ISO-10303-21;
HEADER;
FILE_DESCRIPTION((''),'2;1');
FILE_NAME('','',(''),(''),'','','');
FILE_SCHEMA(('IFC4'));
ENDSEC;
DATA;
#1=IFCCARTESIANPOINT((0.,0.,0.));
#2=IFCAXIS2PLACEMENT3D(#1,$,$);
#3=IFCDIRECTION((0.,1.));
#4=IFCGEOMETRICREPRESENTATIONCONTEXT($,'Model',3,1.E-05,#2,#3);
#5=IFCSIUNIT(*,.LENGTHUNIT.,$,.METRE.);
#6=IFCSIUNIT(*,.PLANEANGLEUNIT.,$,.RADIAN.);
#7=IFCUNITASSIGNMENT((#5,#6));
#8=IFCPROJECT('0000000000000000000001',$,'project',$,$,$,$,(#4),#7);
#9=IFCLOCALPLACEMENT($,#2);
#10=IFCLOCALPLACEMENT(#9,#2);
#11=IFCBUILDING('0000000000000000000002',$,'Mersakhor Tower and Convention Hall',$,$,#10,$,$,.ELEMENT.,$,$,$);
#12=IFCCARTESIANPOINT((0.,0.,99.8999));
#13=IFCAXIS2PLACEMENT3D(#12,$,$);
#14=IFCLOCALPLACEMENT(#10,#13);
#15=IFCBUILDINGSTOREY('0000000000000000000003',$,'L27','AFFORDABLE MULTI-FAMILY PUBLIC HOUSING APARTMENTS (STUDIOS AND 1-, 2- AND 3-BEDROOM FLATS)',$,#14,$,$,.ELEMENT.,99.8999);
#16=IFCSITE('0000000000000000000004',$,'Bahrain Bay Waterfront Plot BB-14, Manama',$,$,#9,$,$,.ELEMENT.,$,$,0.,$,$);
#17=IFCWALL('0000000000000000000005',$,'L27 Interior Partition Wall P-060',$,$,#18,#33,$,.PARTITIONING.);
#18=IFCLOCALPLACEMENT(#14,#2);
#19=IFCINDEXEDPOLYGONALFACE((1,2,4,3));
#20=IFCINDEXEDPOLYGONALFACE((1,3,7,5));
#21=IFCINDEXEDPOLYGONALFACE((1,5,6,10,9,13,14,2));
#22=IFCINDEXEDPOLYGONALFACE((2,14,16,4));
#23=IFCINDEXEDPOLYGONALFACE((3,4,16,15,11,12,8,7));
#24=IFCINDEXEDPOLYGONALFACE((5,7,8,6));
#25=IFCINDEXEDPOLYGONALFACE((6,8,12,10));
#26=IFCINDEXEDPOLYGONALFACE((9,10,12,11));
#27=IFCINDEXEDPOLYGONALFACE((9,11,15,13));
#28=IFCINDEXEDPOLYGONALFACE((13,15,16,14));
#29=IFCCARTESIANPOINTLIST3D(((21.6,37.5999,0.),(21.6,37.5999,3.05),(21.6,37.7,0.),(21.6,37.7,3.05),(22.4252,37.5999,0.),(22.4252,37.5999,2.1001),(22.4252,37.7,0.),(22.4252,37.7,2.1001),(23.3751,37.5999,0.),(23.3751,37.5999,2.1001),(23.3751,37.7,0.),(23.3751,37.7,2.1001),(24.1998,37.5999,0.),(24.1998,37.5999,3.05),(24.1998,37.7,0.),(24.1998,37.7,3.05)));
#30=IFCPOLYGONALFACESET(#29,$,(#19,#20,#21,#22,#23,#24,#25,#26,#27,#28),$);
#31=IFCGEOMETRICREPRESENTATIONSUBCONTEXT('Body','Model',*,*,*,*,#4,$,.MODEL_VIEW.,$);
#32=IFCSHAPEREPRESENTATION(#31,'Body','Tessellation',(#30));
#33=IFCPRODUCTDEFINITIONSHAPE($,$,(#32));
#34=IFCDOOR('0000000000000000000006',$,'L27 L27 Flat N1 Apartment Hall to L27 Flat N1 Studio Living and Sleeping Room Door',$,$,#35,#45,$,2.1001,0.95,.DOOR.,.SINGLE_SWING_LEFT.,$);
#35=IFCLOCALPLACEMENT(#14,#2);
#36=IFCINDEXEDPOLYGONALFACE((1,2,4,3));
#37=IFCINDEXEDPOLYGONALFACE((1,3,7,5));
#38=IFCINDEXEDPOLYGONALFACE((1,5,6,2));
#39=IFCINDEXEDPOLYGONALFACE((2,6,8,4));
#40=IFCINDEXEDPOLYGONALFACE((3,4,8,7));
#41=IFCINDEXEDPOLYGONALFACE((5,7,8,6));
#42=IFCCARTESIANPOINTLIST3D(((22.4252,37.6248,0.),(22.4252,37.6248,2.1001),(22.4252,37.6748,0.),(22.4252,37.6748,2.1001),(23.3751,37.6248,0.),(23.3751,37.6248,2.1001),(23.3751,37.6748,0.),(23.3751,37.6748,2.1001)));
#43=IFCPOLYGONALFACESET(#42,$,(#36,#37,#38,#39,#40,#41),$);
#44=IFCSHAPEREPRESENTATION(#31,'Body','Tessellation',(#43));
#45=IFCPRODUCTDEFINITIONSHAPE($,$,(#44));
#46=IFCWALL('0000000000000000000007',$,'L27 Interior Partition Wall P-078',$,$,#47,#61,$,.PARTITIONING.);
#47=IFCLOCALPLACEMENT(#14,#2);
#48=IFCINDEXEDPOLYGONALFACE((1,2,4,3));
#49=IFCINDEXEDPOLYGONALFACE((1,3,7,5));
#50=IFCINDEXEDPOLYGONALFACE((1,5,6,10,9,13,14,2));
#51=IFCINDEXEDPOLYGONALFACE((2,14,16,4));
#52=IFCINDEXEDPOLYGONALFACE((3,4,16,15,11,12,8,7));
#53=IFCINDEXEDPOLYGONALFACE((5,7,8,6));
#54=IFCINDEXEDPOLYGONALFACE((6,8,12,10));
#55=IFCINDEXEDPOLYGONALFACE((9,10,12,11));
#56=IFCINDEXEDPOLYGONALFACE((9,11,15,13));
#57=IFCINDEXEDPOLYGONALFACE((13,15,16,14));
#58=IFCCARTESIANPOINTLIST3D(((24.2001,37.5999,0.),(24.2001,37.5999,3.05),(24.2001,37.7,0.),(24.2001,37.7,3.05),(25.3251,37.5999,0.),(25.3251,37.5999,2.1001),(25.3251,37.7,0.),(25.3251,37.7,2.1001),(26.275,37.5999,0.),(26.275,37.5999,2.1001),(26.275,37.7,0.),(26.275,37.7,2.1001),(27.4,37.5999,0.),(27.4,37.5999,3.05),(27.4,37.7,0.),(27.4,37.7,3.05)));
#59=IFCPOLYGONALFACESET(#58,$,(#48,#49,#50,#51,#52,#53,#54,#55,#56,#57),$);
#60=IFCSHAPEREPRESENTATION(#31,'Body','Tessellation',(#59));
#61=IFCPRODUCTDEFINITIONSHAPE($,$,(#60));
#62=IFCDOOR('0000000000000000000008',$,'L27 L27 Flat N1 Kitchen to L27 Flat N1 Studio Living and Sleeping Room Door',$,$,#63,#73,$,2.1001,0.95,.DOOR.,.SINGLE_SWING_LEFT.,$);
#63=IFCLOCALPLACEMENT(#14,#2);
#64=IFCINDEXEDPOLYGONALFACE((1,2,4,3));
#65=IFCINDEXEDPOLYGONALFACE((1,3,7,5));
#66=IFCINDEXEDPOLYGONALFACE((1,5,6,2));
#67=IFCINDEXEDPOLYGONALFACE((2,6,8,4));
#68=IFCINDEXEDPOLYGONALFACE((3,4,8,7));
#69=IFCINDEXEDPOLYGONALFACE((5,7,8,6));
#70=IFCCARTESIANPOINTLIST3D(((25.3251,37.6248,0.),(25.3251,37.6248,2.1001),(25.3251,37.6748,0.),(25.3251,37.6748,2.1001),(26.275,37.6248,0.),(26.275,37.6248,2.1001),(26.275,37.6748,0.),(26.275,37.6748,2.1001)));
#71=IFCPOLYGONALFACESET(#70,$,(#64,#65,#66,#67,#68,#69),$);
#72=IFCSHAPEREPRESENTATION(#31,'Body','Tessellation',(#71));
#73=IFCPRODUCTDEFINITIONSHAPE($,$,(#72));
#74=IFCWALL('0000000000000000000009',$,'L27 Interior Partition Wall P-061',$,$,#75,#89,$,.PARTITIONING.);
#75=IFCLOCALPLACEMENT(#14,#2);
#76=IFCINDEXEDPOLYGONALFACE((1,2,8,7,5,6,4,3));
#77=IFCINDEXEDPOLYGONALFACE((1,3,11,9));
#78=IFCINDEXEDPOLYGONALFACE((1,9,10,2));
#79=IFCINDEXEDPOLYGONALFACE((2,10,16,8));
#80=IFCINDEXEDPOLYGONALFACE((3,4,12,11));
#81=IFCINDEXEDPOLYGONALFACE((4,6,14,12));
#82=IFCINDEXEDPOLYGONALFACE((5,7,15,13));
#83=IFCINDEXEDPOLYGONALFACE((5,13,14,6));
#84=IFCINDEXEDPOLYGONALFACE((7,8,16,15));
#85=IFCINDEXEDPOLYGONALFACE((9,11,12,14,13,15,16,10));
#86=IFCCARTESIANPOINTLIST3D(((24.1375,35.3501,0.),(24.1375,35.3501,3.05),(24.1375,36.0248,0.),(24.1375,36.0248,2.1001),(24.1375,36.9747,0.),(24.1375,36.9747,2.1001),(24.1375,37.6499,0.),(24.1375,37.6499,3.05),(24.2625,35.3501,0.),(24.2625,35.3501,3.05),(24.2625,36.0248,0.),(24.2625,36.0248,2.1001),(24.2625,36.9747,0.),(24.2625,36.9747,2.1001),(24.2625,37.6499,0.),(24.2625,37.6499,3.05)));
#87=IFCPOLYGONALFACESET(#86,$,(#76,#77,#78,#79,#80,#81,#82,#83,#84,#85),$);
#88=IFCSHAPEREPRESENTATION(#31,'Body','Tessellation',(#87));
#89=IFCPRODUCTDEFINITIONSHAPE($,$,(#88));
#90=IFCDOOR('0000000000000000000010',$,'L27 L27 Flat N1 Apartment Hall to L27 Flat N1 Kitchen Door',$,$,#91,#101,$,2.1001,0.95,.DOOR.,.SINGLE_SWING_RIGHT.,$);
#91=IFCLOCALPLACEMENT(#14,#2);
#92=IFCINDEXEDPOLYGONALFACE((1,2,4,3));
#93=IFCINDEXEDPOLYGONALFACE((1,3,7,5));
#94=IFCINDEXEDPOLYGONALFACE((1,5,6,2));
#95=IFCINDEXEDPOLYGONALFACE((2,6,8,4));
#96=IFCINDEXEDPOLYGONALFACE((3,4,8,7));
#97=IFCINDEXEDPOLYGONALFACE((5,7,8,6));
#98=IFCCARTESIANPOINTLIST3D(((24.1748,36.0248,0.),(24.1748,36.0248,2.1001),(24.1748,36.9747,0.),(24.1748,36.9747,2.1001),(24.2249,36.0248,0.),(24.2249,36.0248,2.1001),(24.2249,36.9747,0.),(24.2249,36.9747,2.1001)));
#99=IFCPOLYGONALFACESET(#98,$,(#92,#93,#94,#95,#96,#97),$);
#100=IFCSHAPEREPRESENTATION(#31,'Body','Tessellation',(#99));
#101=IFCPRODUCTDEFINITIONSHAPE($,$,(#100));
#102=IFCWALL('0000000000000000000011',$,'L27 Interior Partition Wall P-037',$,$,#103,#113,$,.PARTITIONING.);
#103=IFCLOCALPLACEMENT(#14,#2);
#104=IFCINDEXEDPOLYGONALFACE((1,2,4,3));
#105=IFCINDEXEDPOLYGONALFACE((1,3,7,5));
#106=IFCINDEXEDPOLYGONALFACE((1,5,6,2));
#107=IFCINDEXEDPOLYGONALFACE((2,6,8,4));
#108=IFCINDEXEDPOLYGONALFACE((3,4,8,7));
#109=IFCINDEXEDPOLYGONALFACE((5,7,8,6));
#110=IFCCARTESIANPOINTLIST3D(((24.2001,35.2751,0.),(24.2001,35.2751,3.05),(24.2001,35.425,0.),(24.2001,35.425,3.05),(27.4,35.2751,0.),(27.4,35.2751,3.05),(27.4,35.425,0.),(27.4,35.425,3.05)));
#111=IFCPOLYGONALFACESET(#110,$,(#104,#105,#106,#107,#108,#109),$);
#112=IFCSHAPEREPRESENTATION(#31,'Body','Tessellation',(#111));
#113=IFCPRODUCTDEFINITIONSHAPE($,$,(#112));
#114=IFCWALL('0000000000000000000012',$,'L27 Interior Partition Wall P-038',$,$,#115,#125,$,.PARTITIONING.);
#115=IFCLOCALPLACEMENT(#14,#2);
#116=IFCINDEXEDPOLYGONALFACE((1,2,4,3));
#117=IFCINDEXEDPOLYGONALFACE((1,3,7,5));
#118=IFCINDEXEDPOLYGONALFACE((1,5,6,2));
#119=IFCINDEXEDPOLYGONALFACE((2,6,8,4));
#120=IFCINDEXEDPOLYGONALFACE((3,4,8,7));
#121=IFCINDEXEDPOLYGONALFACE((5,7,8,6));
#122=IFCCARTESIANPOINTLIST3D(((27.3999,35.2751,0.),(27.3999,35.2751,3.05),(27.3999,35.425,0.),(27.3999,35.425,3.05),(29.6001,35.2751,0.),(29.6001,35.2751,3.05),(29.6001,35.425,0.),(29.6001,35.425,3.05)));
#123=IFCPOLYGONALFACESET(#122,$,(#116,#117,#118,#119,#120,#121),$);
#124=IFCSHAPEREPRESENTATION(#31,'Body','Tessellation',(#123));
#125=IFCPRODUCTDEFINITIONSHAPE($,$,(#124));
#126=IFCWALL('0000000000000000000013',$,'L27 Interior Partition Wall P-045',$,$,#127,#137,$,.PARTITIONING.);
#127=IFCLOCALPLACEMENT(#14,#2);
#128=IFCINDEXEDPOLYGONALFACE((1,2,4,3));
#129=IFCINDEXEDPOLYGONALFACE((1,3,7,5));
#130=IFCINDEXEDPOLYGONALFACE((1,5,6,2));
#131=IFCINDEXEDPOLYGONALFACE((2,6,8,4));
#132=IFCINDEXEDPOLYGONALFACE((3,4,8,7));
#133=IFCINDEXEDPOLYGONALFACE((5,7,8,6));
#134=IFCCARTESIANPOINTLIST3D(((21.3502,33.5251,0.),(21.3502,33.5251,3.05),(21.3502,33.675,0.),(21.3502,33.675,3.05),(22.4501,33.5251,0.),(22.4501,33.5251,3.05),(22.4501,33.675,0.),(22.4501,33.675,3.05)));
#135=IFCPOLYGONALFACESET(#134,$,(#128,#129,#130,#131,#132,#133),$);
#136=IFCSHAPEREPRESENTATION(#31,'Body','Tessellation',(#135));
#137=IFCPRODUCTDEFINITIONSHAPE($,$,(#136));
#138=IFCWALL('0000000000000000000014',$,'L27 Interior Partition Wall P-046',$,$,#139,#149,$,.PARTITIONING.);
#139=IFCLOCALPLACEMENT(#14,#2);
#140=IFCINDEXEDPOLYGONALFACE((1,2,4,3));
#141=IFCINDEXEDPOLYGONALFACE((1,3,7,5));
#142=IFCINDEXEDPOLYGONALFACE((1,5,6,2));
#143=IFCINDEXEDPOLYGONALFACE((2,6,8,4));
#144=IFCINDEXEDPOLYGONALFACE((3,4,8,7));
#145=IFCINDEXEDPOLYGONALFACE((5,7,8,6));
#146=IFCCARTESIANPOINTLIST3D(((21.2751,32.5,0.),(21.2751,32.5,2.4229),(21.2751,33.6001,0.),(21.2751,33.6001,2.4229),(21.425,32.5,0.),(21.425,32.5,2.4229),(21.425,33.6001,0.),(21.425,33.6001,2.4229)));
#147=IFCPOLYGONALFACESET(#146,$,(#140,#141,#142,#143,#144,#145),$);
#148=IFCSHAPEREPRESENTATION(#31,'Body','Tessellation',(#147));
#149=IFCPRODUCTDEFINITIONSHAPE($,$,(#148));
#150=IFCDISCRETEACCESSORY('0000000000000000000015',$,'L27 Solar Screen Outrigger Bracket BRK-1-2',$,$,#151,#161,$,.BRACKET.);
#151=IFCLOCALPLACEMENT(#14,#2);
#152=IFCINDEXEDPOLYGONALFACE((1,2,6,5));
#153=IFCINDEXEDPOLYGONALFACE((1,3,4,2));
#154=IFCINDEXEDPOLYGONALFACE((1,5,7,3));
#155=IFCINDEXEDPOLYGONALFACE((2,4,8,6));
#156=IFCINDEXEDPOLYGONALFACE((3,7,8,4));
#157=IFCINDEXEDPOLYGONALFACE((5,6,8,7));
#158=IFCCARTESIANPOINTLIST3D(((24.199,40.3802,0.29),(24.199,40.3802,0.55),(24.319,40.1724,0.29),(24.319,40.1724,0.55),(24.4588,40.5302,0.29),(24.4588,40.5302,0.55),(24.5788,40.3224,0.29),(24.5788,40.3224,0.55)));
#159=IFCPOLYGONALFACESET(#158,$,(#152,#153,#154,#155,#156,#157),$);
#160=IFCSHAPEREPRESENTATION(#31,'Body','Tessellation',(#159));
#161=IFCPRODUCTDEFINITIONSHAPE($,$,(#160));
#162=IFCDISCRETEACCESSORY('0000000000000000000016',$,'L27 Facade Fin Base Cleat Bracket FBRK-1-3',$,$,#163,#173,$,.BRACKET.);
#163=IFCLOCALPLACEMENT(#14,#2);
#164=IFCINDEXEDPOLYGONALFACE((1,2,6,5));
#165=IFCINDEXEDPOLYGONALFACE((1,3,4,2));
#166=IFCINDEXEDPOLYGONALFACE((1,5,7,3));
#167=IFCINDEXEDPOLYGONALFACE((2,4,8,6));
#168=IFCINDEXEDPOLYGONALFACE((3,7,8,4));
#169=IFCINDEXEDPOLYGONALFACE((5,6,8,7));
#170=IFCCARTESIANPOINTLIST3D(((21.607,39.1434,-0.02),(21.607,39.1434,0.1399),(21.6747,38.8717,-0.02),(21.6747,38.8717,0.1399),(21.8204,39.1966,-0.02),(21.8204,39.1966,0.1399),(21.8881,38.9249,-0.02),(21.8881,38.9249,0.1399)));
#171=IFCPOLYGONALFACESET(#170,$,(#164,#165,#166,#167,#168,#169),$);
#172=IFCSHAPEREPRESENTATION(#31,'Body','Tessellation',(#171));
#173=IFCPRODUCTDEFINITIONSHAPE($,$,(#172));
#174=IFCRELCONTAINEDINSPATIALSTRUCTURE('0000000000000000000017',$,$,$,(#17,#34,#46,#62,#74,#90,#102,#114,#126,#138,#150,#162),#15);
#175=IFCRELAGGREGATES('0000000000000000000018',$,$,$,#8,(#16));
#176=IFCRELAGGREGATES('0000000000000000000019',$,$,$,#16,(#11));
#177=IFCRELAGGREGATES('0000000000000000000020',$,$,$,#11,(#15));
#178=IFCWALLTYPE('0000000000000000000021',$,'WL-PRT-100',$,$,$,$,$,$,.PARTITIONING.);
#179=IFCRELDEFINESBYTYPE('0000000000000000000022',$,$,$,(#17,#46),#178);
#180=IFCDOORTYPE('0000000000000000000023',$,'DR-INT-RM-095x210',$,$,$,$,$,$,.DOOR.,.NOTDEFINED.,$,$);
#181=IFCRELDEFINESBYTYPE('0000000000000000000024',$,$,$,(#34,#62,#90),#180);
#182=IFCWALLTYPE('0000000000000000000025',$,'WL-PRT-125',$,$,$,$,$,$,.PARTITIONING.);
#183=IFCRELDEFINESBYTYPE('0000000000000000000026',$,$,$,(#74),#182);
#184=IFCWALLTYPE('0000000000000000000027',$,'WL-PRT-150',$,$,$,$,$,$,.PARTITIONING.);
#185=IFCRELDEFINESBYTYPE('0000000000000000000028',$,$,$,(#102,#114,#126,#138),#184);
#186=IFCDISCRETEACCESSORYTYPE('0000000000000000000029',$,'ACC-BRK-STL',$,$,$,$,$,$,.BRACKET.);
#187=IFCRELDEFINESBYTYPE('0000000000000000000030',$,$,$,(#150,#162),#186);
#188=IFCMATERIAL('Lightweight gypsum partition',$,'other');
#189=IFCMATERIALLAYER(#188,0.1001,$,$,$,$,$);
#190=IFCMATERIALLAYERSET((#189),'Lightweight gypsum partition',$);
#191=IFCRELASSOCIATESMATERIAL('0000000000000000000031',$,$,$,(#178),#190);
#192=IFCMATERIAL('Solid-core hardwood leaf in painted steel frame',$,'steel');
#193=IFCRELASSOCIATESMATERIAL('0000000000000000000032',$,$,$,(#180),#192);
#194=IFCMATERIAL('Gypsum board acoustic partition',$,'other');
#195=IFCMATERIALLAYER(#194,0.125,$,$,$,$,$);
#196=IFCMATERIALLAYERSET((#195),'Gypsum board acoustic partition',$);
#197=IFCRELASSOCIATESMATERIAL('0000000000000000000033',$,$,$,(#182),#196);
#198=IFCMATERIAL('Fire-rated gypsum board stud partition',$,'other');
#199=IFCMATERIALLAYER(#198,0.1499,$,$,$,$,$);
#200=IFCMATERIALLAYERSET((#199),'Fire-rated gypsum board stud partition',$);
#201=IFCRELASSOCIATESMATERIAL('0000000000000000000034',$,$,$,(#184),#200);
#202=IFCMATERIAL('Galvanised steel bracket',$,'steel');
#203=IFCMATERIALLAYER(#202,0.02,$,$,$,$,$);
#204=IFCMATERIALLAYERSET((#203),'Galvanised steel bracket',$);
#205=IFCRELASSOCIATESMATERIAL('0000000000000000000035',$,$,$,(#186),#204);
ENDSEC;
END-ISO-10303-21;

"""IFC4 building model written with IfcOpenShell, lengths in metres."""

from ifc_helpers import new_model, si_unit, direction, frame, frame_2d, origin, origin_2d, place, context, subcontext, project, spatial, rectangle, extrude, material, layer, layer_set, type_object, element, fill, save


model = new_model("IFC4")

# Units and contexts
model_context = context("Model", 3, precision=1e-05, world=origin(), true_north=direction((0.0, 1.0)))
body_context = subcontext(model_context, "Body", "Model", "MODEL_VIEW")
ifc_project = project(units=[si_unit("LENGTHUNIT", "METRE"), si_unit("PLANEANGLEUNIT", "RADIAN")], contexts=[model_context])

# Site, building, storey
site_placement = place(None, origin())
site = spatial("IfcSite", under=ifc_project, at=site_placement, Name="Bahrain Bay Waterfront Plot BB-14, Manama", CompositionType="ELEMENT", RefElevation=0.0)
building_placement = place(site_placement, origin())
building = spatial("IfcBuilding", under=site, at=building_placement, Name="Mersakhor Tower and Convention Hall", CompositionType="ELEMENT")
storey_placement = place(building_placement, frame((0.0, 0.0, 99.8999)))
storey = spatial("IfcBuildingStorey", under=building, at=storey_placement, Name="L27", Description="AFFORDABLE MULTI-FAMILY PUBLIC HOUSING APARTMENTS (STUDIOS AND 1-, 2- AND 3-BEDROOM FLATS)", CompositionType="ELEMENT", Elevation=99.8999)

# Walls, openings, doors
ifc_material_1 = material(Name="Lightweight gypsum partition", Category="other")
ifc_layer_1 = layer(ifc_material_1, 0.1001)
ifc_layer_set_1 = layer_set([ifc_layer_1], Name="Lightweight gypsum partition")
wall_type_1 = type_object("IfcWallType", Name="WL-PRT-100", PredefinedType="PARTITIONING", material=ifc_layer_set_1)
wall_1_placement = place(storey_placement, frame((21.6001, 37.6499, 0.0), z_axis=(0.0, 0.0, 1.0), x_axis=(1.0, 0.0, 0.0)))
wall_1 = element("IfcWall", 1, at=wall_1_placement, inside=storey, type_object=wall_type_1, Name="L27 Interior Partition Wall P-060", PredefinedType="PARTITIONING", context=body_context, shape_type="SweptSolid", body=[
    extrude(rectangle(XDim=2.5999, YDim=0.1001, at=frame_2d((1.2998, 0.0))), origin(), (0.0, 0.0, 1.0), 3.05),
])
opening_1_placement = place(wall_1_placement, frame((0.825, 0.0, 0.0)))
opening_1 = element("IfcOpeningElement", 2, at=opening_1_placement, cuts=wall_1, PredefinedType="OPENING", context=body_context, shape_type="SweptSolid", body=[
    extrude(rectangle(XDim=0.95, YDim=2.1001, at=frame_2d((0.4751, 1.05))), frame((0.0, 0.0601, 0.0), z_axis=(0.0, -1.0, 0.0), x_axis=(1.0, 0.0, 0.0)), (0.0, 0.0, 1.0), 0.1201),
])
ifc_material_2 = material(Name="Solid-core hardwood leaf in painted steel frame", Category="steel")
door_type_1 = type_object("IfcDoorType", Name="DR-INT-RM-095x210", OperationType="NOTDEFINED", PredefinedType="DOOR", material=ifc_material_2)
door_1_placement = place(opening_1_placement, origin())
door_1 = element("IfcDoor", 3, at=door_1_placement, inside=storey, type_object=door_type_1, Name="L27 L27 Flat N1 Apartment Hall to L27 Flat N1 Studio Living and Sleeping Room Door", OperationType="SINGLE_SWING_LEFT", OverallHeight=2.1001, OverallWidth=0.95, PredefinedType="DOOR", context=body_context, shape_type="SweptSolid", body=[
    extrude(rectangle(XDim=0.95, YDim=2.1001, at=frame_2d((0.4751, 1.05))), frame((0.0, 0.0249, 0.0), z_axis=(0.0, -1.0, 0.0), x_axis=(1.0, 0.0, 0.0)), (0.0, 0.0, 1.0), 0.05),
])
fill(opening_1, door_1)
wall_2_placement = place(storey_placement, frame((24.2, 37.6499, 0.0), z_axis=(0.0, 0.0, 1.0), x_axis=(1.0, 0.0, 0.0)))
wall_2 = element("IfcWall", 4, at=wall_2_placement, inside=storey, type_object=wall_type_1, Name="L27 Interior Partition Wall P-078", PredefinedType="PARTITIONING", context=body_context, shape_type="SweptSolid", body=[
    extrude(rectangle(XDim=3.2, YDim=0.1001, at=frame_2d((1.6001, 0.0))), origin(), (0.0, 0.0, 1.0), 3.05),
])
opening_2_placement = place(wall_2_placement, frame((1.125, 0.0, 0.0)))
opening_2 = element("IfcOpeningElement", 5, at=opening_2_placement, cuts=wall_2, PredefinedType="OPENING", context=body_context, shape_type="SweptSolid", body=[
    extrude(rectangle(XDim=0.95, YDim=2.1001, at=frame_2d((0.4751, 1.05))), frame((0.0, 0.0601, 0.0), z_axis=(0.0, -1.0, 0.0), x_axis=(1.0, 0.0, 0.0)), (0.0, 0.0, 1.0), 0.1201),
])
door_2_placement = place(opening_2_placement, origin())
door_2 = element("IfcDoor", 6, at=door_2_placement, inside=storey, type_object=door_type_1, Name="L27 L27 Flat N1 Kitchen to L27 Flat N1 Studio Living and Sleeping Room Door", OperationType="SINGLE_SWING_LEFT", OverallHeight=2.1001, OverallWidth=0.95, PredefinedType="DOOR", context=body_context, shape_type="SweptSolid", body=[
    extrude(rectangle(XDim=0.95, YDim=2.1001, at=frame_2d((0.4751, 1.05))), frame((0.0, 0.0249, 0.0), z_axis=(0.0, -1.0, 0.0), x_axis=(1.0, 0.0, 0.0)), (0.0, 0.0, 1.0), 0.05),
])
fill(opening_2, door_2)
ifc_material_3 = material(Name="Gypsum board acoustic partition", Category="other")
ifc_layer_2 = layer(ifc_material_3, 0.125)
ifc_layer_set_2 = layer_set([ifc_layer_2], Name="Gypsum board acoustic partition")
wall_type_2 = type_object("IfcWallType", Name="WL-PRT-125", PredefinedType="PARTITIONING", material=ifc_layer_set_2)
wall_3_placement = place(storey_placement, frame((24.2, 37.6499, 0.0), z_axis=(0.0, 0.0, 1.0), x_axis=(0.0, -1.0, 0.0)))
wall_3 = element("IfcWall", 7, at=wall_3_placement, inside=storey, type_object=wall_type_2, Name="L27 Interior Partition Wall P-061", PredefinedType="PARTITIONING", context=body_context, shape_type="SweptSolid", body=[
    extrude(rectangle(XDim=2.2998, YDim=0.125, at=frame_2d((1.1499, 0.0))), origin(), (0.0, 0.0, 1.0), 3.05),
])
opening_3_placement = place(wall_3_placement, frame((0.675, 0.0, 0.0)))
opening_3 = element("IfcOpeningElement", 8, at=opening_3_placement, cuts=wall_3, PredefinedType="OPENING", context=body_context, shape_type="SweptSolid", body=[
    extrude(rectangle(XDim=0.95, YDim=2.1001, at=frame_2d((0.4751, 1.05))), frame((0.0, 0.0725, 0.0), z_axis=(0.0, -1.0, 0.0), x_axis=(1.0, 0.0, 0.0)), (0.0, 0.0, 1.0), 0.145),
])
door_3_placement = place(opening_3_placement, origin())
door_3 = element("IfcDoor", 9, at=door_3_placement, inside=storey, type_object=door_type_1, Name="L27 L27 Flat N1 Apartment Hall to L27 Flat N1 Kitchen Door", OperationType="SINGLE_SWING_RIGHT", OverallHeight=2.1001, OverallWidth=0.95, PredefinedType="DOOR", context=body_context, shape_type="SweptSolid", body=[
    extrude(rectangle(XDim=0.95, YDim=2.1001, at=frame_2d((0.4751, 1.05))), frame((0.0, 0.0249, 0.0), z_axis=(0.0, -1.0, 0.0), x_axis=(1.0, 0.0, 0.0)), (0.0, 0.0, 1.0), 0.05),
])
fill(opening_3, door_3)
ifc_material_4 = material(Name="Fire-rated gypsum board stud partition", Category="other")
ifc_layer_3 = layer(ifc_material_4, 0.1499)
ifc_layer_set_3 = layer_set([ifc_layer_3], Name="Fire-rated gypsum board stud partition")
wall_type_3 = type_object("IfcWallType", Name="WL-PRT-150", PredefinedType="PARTITIONING", material=ifc_layer_set_3)

# Walls
wall_4_placement = place(storey_placement, frame((24.2, 35.3501, 0.0), z_axis=(0.0, 0.0, 1.0), x_axis=(1.0, 0.0, 0.0)))
element("IfcWall", 10, at=wall_4_placement, inside=storey, type_object=wall_type_3, Name="L27 Interior Partition Wall P-037", PredefinedType="PARTITIONING", context=body_context, shape_type="SweptSolid", body=[
    extrude(rectangle(XDim=3.2, YDim=0.1499, at=frame_2d((1.6001, 0.0))), origin(), (0.0, 0.0, 1.0), 3.05),
])
wall_5_placement = place(storey_placement, frame((27.3999, 35.3501, 0.0), z_axis=(0.0, 0.0, 1.0), x_axis=(1.0, 0.0, 0.0)))
element("IfcWall", 11, at=wall_5_placement, inside=storey, type_object=wall_type_3, Name="L27 Interior Partition Wall P-038", PredefinedType="PARTITIONING", context=body_context, shape_type="SweptSolid", body=[
    extrude(rectangle(XDim=2.2002, YDim=0.1499, at=frame_2d((1.1001, 0.0))), origin(), (0.0, 0.0, 1.0), 3.05),
])
wall_6_placement = place(storey_placement, frame((22.45, 33.6001, 0.0), z_axis=(0.0, 0.0, 1.0), x_axis=(-1.0, 0.0, 0.0)))
element("IfcWall", 12, at=wall_6_placement, inside=storey, type_object=wall_type_3, Name="L27 Interior Partition Wall P-045", PredefinedType="PARTITIONING", context=body_context, shape_type="SweptSolid", body=[
    extrude(rectangle(XDim=1.0999, YDim=0.1499, at=frame_2d((0.5498, 0.0))), origin(), (0.0, 0.0, 1.0), 3.05),
])
wall_7_placement = place(storey_placement, frame((21.3501, 33.6001, 0.0), z_axis=(0.0, 0.0, 1.0), x_axis=(0.0, -1.0, 0.0)))
element("IfcWall", 13, at=wall_7_placement, inside=storey, type_object=wall_type_3, Name="L27 Interior Partition Wall P-046", PredefinedType="PARTITIONING", context=body_context, shape_type="SweptSolid", body=[
    extrude(rectangle(XDim=1.1001, YDim=0.1499, at=frame_2d((0.55, 0.0))), origin(), (0.0, 0.0, 1.0), 2.4229),
])

# Discrete accessories
ifc_material_5 = material(Name="Galvanised steel bracket", Category="steel")
ifc_layer_4 = layer(ifc_material_5, 0.02)
ifc_layer_set_4 = layer_set([ifc_layer_4], Name="Galvanised steel bracket")
discrete_accessory_type = type_object("IfcDiscreteAccessoryType", Name="ACC-BRK-STL", PredefinedType="BRACKET", material=ifc_layer_set_4)
discrete_accessory_1_placement = place(storey_placement, frame((24.3889, 40.3513, 0.29), z_axis=(0.0, 0.0, 1.0), x_axis=(0.866025, 0.5, 0.0)))
element("IfcDiscreteAccessory", 14, at=discrete_accessory_1_placement, inside=storey, type_object=discrete_accessory_type, Name="L27 Solar Screen Outrigger Bracket BRK-1-2", PredefinedType="BRACKET", context=body_context, shape_type="SweptSolid", body=[
    extrude(rectangle(XDim=0.3, YDim=0.24, at=origin_2d()), origin(), (0.0, 0.0, 1.0), 0.26),
])
discrete_accessory_2_placement = place(storey_placement, frame((21.7476, 39.0342, -0.02), z_axis=(0.0, 0.0, 1.0), x_axis=(-0.241922, 0.970296, 0.0)))
element("IfcDiscreteAccessory", 15, at=discrete_accessory_2_placement, inside=storey, type_object=discrete_accessory_type, Name="L27 Facade Fin Base Cleat Bracket FBRK-1-3", PredefinedType="BRACKET", context=body_context, shape_type="SweptSolid", body=[
    extrude(rectangle(XDim=0.28, YDim=0.22, at=origin_2d()), origin(), (0.0, 0.0, 1.0), 0.1599),
])

save(model, "model.ifc")
